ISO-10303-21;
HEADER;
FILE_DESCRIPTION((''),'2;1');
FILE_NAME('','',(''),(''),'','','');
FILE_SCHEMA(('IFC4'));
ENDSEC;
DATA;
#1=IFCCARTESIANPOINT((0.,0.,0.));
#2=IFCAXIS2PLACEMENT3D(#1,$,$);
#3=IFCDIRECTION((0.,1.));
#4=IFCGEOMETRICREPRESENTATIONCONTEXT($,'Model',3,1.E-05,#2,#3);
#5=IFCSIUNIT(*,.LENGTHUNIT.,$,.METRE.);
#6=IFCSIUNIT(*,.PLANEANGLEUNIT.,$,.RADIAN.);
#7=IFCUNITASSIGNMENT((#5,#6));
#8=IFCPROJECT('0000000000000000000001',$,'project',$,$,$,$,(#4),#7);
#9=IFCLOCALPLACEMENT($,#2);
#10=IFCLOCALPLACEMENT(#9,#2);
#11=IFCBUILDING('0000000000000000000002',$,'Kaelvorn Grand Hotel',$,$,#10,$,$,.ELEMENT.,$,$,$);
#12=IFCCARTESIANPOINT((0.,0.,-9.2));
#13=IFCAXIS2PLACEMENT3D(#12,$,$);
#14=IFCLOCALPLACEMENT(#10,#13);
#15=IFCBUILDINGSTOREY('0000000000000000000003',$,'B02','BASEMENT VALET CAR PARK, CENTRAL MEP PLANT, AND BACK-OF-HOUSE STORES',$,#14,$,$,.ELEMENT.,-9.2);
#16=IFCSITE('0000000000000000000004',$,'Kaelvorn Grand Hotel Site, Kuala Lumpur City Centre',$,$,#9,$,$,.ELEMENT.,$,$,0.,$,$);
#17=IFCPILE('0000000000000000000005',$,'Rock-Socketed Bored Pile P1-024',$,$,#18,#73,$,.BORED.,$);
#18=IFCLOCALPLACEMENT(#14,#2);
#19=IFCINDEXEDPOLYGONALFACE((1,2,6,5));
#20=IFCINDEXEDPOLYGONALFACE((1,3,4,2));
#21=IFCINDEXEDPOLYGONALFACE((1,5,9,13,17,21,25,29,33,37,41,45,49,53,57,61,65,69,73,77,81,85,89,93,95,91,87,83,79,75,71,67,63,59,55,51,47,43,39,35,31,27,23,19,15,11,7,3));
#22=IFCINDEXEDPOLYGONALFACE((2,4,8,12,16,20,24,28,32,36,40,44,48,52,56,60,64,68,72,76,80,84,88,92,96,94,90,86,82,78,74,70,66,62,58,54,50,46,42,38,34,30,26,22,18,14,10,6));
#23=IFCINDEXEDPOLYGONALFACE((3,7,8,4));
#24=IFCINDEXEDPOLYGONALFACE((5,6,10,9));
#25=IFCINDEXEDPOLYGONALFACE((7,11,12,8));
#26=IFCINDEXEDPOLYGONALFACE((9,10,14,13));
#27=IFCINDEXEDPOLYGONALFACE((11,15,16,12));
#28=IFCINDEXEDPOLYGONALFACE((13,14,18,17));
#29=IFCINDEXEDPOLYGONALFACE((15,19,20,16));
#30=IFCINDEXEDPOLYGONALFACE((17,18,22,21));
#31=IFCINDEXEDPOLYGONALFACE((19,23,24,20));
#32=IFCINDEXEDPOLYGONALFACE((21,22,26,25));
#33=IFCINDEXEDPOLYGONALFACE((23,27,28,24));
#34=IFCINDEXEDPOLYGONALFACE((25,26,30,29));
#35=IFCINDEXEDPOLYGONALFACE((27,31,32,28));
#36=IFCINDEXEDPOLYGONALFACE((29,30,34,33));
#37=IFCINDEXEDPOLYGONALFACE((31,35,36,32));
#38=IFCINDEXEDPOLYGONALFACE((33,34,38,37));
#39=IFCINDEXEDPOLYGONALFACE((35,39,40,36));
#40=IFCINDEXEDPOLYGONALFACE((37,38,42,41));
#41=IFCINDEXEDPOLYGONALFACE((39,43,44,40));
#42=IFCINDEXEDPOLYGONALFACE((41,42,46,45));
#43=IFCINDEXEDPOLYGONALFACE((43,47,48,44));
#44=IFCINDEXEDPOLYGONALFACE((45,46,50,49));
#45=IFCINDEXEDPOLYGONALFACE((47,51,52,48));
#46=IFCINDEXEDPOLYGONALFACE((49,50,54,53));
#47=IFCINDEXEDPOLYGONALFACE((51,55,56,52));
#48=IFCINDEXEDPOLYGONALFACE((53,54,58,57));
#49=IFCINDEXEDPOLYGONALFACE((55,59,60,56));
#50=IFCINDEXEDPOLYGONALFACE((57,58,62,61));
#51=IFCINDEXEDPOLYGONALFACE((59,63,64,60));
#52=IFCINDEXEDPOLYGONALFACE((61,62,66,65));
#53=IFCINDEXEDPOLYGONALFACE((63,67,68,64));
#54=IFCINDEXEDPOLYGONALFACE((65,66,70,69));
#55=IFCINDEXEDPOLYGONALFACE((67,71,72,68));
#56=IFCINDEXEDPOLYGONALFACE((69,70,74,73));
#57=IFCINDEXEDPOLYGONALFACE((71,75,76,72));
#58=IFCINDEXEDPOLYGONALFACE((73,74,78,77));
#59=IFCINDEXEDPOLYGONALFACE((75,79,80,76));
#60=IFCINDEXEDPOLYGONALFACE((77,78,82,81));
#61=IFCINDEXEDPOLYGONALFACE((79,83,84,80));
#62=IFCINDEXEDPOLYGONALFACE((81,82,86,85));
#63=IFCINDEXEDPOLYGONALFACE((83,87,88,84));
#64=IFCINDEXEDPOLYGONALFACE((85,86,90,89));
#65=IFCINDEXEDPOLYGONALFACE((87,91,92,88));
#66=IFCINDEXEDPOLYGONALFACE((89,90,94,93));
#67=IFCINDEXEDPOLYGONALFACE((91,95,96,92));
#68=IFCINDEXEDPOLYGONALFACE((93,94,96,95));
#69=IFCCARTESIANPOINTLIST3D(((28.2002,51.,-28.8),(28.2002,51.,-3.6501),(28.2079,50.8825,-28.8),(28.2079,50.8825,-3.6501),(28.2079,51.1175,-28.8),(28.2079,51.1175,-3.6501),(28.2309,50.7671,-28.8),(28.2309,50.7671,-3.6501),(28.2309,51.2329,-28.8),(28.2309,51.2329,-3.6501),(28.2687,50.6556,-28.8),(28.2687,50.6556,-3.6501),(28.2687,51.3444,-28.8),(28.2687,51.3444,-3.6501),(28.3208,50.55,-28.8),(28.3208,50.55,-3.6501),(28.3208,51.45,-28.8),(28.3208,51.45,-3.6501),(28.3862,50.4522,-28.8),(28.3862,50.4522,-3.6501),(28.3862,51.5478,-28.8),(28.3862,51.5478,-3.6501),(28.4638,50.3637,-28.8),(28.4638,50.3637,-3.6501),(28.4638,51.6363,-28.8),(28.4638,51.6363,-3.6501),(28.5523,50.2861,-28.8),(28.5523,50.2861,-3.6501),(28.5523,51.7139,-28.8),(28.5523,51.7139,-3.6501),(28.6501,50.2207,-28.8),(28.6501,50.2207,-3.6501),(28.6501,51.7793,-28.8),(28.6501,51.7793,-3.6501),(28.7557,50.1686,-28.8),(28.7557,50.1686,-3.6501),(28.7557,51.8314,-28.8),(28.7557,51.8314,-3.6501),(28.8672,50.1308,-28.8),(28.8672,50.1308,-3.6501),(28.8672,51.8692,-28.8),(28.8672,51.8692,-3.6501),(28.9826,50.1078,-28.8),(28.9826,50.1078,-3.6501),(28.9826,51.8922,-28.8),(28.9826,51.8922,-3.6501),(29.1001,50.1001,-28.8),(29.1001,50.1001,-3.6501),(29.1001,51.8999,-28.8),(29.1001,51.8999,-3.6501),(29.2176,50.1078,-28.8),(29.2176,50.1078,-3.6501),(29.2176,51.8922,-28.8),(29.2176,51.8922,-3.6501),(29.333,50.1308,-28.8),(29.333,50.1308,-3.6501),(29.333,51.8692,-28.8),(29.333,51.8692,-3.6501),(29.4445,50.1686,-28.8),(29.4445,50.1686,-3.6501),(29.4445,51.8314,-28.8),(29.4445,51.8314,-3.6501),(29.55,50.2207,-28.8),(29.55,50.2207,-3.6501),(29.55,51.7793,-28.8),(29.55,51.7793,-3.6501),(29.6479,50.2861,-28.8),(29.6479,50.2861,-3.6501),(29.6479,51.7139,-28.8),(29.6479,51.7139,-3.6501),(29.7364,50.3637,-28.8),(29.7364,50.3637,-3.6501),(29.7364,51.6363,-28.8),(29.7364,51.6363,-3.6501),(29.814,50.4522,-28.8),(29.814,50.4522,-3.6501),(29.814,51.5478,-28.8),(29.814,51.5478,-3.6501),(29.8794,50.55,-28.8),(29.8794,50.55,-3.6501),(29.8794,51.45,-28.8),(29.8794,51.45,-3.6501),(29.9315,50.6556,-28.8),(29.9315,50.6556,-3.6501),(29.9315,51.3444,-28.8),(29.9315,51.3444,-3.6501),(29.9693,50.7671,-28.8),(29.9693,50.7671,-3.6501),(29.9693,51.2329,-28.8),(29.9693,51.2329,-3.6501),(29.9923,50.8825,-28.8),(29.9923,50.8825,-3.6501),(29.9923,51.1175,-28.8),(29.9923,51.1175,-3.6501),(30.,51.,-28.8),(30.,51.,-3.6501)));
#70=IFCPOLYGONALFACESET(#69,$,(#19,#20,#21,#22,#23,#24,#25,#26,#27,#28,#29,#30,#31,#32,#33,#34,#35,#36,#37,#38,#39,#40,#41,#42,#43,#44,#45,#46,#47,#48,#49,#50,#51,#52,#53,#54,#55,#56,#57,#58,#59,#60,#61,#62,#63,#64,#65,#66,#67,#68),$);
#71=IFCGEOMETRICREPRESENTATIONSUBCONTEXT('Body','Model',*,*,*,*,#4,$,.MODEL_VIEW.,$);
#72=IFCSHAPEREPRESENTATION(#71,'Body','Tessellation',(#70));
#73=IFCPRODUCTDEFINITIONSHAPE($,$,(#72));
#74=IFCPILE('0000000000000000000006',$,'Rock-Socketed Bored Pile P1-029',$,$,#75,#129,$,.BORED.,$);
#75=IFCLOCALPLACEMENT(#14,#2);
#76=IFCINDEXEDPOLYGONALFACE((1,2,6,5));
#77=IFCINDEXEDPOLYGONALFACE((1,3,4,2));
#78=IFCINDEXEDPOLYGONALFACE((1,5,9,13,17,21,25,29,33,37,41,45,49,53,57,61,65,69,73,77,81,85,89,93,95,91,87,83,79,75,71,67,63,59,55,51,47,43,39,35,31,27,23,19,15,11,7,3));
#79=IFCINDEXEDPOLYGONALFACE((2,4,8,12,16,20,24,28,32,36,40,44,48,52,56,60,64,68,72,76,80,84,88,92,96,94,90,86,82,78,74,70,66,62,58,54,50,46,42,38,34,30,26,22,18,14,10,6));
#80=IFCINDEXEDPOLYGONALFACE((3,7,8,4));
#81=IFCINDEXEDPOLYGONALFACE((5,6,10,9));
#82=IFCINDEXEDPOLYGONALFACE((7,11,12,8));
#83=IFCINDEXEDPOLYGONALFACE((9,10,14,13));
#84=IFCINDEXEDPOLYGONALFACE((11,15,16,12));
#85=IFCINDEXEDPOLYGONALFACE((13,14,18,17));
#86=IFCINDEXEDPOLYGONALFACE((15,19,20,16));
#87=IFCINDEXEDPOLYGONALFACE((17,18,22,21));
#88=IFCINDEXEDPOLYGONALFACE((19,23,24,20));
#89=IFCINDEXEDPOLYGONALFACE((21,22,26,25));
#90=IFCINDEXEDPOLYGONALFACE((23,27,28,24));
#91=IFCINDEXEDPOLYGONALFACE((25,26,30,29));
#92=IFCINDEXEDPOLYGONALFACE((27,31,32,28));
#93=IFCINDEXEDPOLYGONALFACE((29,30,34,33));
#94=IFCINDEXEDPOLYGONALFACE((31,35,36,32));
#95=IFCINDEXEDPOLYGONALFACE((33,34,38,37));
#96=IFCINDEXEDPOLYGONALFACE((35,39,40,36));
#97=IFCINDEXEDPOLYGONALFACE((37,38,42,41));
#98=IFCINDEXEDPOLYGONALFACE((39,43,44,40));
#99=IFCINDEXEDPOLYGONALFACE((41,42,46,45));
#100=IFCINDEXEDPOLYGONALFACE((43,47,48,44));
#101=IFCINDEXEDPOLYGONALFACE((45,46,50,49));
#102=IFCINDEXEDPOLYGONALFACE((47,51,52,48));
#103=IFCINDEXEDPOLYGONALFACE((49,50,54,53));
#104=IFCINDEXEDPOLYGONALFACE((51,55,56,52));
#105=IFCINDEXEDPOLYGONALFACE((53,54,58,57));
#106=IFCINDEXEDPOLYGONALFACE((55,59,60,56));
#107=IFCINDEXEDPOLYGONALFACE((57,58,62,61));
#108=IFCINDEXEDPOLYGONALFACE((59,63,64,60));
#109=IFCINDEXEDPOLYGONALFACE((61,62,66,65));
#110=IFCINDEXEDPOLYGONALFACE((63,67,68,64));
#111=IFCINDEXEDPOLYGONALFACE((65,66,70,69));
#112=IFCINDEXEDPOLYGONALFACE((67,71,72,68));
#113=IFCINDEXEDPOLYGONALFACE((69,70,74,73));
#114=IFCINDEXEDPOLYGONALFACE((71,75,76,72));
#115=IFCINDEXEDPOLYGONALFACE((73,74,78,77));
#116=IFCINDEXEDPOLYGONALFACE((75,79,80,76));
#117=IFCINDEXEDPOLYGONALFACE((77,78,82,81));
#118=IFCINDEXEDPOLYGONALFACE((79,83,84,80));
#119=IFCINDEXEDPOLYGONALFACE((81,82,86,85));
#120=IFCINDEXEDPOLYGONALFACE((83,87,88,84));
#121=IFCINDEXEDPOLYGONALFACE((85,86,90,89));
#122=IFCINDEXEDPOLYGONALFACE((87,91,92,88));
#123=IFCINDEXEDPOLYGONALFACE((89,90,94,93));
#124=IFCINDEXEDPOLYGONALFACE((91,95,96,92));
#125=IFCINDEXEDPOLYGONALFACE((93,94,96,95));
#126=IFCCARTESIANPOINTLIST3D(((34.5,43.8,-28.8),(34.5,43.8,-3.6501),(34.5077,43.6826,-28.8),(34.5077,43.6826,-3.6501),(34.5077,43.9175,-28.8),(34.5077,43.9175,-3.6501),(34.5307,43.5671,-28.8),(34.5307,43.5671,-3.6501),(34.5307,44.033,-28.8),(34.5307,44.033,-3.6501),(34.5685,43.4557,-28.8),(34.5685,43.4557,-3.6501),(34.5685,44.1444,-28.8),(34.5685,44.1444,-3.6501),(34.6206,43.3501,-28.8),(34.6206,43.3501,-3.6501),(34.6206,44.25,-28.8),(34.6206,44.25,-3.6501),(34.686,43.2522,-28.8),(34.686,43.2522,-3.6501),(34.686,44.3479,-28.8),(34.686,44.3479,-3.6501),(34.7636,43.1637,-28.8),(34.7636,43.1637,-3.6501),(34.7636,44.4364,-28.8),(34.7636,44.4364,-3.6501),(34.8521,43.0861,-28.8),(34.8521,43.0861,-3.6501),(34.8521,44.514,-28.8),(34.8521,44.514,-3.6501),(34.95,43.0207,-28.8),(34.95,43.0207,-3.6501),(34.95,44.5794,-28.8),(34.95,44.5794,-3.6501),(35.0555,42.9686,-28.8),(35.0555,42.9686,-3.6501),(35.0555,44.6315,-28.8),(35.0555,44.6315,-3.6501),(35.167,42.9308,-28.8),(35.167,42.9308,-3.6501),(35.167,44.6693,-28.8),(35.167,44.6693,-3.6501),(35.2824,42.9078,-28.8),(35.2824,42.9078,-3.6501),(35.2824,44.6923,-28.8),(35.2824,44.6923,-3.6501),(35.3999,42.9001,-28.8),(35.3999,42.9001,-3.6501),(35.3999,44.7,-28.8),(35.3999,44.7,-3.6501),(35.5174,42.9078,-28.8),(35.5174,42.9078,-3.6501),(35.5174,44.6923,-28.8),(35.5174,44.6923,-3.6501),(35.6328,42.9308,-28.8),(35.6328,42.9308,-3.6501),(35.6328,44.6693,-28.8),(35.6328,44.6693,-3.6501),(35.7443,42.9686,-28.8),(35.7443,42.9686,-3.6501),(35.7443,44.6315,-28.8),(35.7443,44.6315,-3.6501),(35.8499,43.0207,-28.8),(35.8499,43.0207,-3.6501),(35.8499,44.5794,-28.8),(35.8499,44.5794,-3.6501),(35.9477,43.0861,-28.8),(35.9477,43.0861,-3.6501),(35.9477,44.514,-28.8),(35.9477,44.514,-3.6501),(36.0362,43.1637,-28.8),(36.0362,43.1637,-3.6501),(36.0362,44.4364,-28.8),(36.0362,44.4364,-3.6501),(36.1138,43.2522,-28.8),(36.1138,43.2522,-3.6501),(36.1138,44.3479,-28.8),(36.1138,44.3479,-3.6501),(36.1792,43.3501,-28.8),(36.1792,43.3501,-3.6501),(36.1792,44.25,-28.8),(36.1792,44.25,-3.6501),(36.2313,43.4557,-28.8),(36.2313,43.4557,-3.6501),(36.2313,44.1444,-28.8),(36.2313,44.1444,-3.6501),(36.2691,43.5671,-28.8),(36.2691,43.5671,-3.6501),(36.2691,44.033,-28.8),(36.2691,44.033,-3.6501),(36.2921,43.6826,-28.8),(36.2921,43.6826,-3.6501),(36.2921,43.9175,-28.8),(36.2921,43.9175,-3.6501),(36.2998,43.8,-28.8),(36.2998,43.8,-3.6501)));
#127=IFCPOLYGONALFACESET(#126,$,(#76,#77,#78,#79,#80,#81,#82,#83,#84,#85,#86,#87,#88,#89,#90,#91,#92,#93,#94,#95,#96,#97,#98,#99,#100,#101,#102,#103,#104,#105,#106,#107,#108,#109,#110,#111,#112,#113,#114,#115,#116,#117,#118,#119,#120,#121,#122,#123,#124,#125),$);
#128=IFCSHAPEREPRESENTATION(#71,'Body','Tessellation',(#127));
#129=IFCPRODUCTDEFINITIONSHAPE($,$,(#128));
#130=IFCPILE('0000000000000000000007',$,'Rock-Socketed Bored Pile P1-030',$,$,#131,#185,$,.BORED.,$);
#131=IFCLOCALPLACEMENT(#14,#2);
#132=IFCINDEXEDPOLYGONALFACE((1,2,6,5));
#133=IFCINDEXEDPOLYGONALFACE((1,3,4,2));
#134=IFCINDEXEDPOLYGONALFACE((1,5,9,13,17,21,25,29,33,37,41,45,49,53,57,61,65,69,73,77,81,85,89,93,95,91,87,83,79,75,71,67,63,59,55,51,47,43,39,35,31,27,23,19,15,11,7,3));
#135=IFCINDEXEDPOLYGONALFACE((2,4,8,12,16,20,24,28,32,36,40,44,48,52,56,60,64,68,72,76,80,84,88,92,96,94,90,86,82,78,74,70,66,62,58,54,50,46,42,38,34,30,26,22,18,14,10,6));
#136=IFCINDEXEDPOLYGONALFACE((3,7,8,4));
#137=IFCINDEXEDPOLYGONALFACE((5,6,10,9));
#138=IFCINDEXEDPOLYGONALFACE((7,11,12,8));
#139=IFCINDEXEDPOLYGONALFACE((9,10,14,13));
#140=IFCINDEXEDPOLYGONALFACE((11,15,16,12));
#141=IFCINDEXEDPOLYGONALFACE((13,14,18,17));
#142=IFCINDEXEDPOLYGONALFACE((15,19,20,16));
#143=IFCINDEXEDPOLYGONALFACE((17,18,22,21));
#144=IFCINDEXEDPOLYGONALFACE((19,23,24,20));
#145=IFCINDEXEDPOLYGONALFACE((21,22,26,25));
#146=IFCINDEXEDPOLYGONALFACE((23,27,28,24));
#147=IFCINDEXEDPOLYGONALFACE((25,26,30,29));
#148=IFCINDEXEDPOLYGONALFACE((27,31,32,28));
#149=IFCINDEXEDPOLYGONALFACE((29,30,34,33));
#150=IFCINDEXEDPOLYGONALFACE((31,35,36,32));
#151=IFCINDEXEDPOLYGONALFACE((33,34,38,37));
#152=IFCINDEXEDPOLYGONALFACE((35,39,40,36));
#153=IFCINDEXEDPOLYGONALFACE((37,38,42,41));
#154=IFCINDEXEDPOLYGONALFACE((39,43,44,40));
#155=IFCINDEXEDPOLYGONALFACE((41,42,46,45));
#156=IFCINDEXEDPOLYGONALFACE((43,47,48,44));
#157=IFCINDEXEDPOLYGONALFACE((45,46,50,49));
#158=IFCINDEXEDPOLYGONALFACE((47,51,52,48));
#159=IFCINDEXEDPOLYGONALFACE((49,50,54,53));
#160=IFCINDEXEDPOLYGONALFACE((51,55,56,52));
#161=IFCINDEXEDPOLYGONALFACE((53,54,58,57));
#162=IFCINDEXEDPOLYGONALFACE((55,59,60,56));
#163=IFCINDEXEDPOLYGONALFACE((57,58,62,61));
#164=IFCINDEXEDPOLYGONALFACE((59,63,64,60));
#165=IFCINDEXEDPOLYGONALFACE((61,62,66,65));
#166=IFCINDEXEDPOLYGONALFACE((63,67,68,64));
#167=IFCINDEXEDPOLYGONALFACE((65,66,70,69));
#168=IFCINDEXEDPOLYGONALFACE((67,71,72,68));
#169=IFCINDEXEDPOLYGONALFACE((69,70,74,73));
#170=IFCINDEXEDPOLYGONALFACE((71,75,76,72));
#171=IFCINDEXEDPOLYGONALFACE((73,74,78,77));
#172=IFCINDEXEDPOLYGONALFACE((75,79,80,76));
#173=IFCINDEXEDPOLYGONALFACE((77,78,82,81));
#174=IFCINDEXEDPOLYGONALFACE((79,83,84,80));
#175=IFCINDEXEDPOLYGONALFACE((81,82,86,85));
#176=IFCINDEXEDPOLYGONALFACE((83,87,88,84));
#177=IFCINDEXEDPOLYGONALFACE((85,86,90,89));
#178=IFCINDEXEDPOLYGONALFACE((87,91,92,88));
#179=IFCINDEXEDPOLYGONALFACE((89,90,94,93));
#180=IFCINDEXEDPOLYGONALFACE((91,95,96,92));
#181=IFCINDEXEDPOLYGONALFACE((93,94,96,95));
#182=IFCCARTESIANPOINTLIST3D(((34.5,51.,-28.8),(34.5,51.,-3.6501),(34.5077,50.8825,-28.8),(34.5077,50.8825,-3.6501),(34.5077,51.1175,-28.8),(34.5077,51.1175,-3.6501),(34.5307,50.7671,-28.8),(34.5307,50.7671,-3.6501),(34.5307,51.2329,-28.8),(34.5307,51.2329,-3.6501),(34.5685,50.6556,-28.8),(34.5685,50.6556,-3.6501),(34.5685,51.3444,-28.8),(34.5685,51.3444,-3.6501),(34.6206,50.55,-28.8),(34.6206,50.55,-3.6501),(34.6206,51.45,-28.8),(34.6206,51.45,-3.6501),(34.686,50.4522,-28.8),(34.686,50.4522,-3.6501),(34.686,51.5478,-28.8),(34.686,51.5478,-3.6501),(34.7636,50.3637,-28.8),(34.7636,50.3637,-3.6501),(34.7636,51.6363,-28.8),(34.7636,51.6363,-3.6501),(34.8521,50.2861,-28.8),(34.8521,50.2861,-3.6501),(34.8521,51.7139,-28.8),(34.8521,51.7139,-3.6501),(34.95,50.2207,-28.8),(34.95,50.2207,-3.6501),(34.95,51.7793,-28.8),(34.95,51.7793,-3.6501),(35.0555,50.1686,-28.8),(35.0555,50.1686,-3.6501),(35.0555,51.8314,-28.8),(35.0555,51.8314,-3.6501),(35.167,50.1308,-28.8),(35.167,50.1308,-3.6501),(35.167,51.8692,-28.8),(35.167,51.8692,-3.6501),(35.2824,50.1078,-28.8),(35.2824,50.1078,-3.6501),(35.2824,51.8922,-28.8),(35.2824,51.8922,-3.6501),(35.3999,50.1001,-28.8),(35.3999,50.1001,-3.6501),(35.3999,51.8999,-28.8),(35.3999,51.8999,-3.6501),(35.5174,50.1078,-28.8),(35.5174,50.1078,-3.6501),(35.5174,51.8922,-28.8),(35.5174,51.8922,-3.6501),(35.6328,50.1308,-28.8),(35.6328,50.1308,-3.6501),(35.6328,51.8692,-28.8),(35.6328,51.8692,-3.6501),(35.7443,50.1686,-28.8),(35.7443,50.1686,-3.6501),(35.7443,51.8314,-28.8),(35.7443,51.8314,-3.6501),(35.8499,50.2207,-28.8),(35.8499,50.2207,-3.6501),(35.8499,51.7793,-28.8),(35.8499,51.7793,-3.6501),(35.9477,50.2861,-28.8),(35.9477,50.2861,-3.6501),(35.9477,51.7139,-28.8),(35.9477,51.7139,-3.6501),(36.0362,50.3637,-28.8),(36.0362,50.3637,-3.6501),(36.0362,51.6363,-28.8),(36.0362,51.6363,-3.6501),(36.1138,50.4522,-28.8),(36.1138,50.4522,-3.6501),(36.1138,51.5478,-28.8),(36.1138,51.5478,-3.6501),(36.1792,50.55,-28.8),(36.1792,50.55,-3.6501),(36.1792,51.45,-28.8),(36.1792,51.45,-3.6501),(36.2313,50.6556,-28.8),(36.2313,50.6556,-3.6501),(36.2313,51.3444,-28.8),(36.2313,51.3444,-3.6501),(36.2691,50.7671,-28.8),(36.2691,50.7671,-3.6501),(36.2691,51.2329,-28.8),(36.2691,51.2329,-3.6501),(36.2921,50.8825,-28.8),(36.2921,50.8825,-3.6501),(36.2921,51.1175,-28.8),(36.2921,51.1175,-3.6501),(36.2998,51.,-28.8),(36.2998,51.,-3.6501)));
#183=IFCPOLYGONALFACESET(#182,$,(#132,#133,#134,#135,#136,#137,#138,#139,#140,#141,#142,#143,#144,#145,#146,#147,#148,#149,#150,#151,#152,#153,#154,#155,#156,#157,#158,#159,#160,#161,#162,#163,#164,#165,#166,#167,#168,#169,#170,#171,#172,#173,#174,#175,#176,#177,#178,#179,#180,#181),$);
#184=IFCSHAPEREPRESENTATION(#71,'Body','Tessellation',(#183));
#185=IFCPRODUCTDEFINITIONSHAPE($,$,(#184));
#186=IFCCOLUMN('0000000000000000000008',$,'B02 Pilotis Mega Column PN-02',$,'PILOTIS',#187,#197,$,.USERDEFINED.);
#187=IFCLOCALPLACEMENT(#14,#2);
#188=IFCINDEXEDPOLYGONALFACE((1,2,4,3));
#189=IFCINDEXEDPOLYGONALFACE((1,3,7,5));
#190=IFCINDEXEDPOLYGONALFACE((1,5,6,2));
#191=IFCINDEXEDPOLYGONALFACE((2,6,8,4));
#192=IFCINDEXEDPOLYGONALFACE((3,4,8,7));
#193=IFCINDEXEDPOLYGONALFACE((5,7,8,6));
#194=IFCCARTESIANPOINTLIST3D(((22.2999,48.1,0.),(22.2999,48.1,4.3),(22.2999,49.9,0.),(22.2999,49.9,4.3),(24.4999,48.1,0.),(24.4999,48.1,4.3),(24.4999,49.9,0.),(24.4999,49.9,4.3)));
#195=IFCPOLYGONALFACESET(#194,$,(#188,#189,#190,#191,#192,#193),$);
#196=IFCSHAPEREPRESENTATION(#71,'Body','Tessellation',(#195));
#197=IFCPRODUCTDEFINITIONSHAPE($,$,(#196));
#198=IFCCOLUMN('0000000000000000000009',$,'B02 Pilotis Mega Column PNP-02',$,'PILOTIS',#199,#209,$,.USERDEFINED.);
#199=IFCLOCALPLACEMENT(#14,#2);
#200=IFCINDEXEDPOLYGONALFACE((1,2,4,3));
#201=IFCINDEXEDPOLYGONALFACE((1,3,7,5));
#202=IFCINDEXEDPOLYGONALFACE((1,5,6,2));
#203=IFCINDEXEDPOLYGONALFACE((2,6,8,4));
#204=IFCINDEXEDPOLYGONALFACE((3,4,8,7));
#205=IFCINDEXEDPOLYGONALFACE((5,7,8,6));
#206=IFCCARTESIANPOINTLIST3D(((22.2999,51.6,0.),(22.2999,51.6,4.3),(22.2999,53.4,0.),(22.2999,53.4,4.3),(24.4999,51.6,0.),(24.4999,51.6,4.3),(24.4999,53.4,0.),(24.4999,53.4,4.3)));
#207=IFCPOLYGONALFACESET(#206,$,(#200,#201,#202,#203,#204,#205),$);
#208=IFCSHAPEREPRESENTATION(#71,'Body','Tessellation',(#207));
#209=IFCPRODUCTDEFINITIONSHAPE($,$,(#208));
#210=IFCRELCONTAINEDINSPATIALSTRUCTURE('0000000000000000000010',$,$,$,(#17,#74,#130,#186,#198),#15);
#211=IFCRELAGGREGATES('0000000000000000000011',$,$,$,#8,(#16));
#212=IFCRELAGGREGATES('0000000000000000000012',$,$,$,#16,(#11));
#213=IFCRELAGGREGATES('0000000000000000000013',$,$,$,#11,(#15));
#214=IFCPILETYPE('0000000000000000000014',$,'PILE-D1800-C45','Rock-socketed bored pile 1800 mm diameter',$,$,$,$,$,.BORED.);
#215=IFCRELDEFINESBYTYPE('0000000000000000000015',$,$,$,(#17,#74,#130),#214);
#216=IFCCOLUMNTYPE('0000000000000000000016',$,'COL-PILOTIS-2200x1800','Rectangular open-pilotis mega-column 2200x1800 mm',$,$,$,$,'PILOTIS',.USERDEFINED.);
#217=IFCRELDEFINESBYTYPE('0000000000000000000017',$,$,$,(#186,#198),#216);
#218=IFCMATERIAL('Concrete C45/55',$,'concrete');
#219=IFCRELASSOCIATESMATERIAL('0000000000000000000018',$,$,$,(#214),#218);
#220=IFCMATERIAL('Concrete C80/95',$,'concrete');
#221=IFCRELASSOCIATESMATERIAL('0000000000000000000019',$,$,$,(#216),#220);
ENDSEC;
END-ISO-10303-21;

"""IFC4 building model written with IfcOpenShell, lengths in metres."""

from ifc_helpers import new_model, si_unit, direction, frame, origin, origin_2d, place, context, subcontext, project, spatial, rectangle, circle, extrude, material, material_profile, profile_set, type_object, element, save


model = new_model("IFC4")

# Units and contexts
model_context = context("Model", 3, precision=1e-05, world=origin(), true_north=direction((0.0, 1.0)))
body_context = subcontext(model_context, "Body", "Model", "MODEL_VIEW")
ifc_project = project(units=[si_unit("LENGTHUNIT", "METRE"), si_unit("PLANEANGLEUNIT", "RADIAN")], contexts=[model_context])

# Site, building, storey
site_placement = place(None, origin())
site = spatial("IfcSite", under=ifc_project, at=site_placement, Name="Kaelvorn Grand Hotel Site, Kuala Lumpur City Centre", CompositionType="ELEMENT", RefElevation=0.0)
building_placement = place(site_placement, origin())
building = spatial("IfcBuilding", under=site, at=building_placement, Name="Kaelvorn Grand Hotel", CompositionType="ELEMENT")
storey_placement = place(building_placement, frame((0.0, 0.0, -9.2)))
storey = spatial("IfcBuildingStorey", under=building, at=storey_placement, Name="B02", Description="BASEMENT VALET CAR PARK, CENTRAL MEP PLANT, AND BACK-OF-HOUSE STORES", CompositionType="ELEMENT", Elevation=-9.2)

# Piles
ifc_material_1 = material(Name="Concrete C45/55", Category="concrete")
ifc_material_profile_1 = material_profile(ifc_material_1, circle(Radius=0.8999, at=origin_2d()), Name="BORED PILE D1800")
ifc_profile_set_1 = profile_set([ifc_material_profile_1], Name="Concrete C45/55")
pile_type = type_object("IfcPileType", Name="PILE-D1800-C45", Description="Rock-socketed bored pile 1800 mm diameter", PredefinedType="BORED", material=ifc_profile_set_1)
for number, where, z_axis, x_axis, name in (
    (1, (29.1001, 51.0, -3.6501), (0.0, 0.0, -1.0), (1.0, 0.0, 0.0), "Rock-Socketed Bored Pile P1-024"),
    (2, (35.3999, 43.8, -3.6501), (0.0, 0.0, -1.0), (1.0, 0.0, 0.0), "Rock-Socketed Bored Pile P1-029"),
    (3, (35.3999, 51.0, -3.6501), (0.0, 0.0, -1.0), (1.0, 0.0, 0.0), "Rock-Socketed Bored Pile P1-030"),
):
    element("IfcPile", number, at=place(storey_placement, frame(where, z_axis=z_axis, x_axis=x_axis)), inside=storey, type_object=pile_type, Name=name, PredefinedType="BORED", context=body_context, shape_type="SweptSolid", body=[
        extrude(circle(Radius=0.8999, at=origin_2d()), origin(), (0.0, 0.0, 1.0), 25.1499),
    ])

# Columns
ifc_material_2 = material(Name="Concrete C80/95", Category="concrete")
ifc_material_profile_2 = material_profile(ifc_material_2, rectangle(XDim=2.2, YDim=1.8, at=origin_2d()), Name="PILOTIS 2200x1800")
ifc_profile_set_2 = profile_set([ifc_material_profile_2], Name="Concrete C80/95")
column_type = type_object("IfcColumnType", Name="COL-PILOTIS-2200x1800", Description="Rectangular open-pilotis mega-column 2200x1800 mm", ElementType="PILOTIS", PredefinedType="USERDEFINED", material=ifc_profile_set_2)
for number, where, z_axis, x_axis, name in (
    (4, (23.3999, 49.0, 0.0), (0.0, 0.0, 1.0), (1.0, 0.0, 0.0), "B02 Pilotis Mega Column PN-02"),
    (5, (23.3999, 52.5, 0.0), (0.0, 0.0, 1.0), (1.0, 0.0, 0.0), "B02 Pilotis Mega Column PNP-02"),
):
    element("IfcColumn", number, at=place(storey_placement, frame(where, z_axis=z_axis, x_axis=x_axis)), inside=storey, type_object=column_type, Name=name, ObjectType="PILOTIS", PredefinedType="USERDEFINED", context=body_context, shape_type="SweptSolid", body=[
        extrude(rectangle(XDim=2.2, YDim=1.8, at=origin_2d()), origin(), (0.0, 0.0, 1.0), 4.3),
    ])

save(model, "model.ifc")
